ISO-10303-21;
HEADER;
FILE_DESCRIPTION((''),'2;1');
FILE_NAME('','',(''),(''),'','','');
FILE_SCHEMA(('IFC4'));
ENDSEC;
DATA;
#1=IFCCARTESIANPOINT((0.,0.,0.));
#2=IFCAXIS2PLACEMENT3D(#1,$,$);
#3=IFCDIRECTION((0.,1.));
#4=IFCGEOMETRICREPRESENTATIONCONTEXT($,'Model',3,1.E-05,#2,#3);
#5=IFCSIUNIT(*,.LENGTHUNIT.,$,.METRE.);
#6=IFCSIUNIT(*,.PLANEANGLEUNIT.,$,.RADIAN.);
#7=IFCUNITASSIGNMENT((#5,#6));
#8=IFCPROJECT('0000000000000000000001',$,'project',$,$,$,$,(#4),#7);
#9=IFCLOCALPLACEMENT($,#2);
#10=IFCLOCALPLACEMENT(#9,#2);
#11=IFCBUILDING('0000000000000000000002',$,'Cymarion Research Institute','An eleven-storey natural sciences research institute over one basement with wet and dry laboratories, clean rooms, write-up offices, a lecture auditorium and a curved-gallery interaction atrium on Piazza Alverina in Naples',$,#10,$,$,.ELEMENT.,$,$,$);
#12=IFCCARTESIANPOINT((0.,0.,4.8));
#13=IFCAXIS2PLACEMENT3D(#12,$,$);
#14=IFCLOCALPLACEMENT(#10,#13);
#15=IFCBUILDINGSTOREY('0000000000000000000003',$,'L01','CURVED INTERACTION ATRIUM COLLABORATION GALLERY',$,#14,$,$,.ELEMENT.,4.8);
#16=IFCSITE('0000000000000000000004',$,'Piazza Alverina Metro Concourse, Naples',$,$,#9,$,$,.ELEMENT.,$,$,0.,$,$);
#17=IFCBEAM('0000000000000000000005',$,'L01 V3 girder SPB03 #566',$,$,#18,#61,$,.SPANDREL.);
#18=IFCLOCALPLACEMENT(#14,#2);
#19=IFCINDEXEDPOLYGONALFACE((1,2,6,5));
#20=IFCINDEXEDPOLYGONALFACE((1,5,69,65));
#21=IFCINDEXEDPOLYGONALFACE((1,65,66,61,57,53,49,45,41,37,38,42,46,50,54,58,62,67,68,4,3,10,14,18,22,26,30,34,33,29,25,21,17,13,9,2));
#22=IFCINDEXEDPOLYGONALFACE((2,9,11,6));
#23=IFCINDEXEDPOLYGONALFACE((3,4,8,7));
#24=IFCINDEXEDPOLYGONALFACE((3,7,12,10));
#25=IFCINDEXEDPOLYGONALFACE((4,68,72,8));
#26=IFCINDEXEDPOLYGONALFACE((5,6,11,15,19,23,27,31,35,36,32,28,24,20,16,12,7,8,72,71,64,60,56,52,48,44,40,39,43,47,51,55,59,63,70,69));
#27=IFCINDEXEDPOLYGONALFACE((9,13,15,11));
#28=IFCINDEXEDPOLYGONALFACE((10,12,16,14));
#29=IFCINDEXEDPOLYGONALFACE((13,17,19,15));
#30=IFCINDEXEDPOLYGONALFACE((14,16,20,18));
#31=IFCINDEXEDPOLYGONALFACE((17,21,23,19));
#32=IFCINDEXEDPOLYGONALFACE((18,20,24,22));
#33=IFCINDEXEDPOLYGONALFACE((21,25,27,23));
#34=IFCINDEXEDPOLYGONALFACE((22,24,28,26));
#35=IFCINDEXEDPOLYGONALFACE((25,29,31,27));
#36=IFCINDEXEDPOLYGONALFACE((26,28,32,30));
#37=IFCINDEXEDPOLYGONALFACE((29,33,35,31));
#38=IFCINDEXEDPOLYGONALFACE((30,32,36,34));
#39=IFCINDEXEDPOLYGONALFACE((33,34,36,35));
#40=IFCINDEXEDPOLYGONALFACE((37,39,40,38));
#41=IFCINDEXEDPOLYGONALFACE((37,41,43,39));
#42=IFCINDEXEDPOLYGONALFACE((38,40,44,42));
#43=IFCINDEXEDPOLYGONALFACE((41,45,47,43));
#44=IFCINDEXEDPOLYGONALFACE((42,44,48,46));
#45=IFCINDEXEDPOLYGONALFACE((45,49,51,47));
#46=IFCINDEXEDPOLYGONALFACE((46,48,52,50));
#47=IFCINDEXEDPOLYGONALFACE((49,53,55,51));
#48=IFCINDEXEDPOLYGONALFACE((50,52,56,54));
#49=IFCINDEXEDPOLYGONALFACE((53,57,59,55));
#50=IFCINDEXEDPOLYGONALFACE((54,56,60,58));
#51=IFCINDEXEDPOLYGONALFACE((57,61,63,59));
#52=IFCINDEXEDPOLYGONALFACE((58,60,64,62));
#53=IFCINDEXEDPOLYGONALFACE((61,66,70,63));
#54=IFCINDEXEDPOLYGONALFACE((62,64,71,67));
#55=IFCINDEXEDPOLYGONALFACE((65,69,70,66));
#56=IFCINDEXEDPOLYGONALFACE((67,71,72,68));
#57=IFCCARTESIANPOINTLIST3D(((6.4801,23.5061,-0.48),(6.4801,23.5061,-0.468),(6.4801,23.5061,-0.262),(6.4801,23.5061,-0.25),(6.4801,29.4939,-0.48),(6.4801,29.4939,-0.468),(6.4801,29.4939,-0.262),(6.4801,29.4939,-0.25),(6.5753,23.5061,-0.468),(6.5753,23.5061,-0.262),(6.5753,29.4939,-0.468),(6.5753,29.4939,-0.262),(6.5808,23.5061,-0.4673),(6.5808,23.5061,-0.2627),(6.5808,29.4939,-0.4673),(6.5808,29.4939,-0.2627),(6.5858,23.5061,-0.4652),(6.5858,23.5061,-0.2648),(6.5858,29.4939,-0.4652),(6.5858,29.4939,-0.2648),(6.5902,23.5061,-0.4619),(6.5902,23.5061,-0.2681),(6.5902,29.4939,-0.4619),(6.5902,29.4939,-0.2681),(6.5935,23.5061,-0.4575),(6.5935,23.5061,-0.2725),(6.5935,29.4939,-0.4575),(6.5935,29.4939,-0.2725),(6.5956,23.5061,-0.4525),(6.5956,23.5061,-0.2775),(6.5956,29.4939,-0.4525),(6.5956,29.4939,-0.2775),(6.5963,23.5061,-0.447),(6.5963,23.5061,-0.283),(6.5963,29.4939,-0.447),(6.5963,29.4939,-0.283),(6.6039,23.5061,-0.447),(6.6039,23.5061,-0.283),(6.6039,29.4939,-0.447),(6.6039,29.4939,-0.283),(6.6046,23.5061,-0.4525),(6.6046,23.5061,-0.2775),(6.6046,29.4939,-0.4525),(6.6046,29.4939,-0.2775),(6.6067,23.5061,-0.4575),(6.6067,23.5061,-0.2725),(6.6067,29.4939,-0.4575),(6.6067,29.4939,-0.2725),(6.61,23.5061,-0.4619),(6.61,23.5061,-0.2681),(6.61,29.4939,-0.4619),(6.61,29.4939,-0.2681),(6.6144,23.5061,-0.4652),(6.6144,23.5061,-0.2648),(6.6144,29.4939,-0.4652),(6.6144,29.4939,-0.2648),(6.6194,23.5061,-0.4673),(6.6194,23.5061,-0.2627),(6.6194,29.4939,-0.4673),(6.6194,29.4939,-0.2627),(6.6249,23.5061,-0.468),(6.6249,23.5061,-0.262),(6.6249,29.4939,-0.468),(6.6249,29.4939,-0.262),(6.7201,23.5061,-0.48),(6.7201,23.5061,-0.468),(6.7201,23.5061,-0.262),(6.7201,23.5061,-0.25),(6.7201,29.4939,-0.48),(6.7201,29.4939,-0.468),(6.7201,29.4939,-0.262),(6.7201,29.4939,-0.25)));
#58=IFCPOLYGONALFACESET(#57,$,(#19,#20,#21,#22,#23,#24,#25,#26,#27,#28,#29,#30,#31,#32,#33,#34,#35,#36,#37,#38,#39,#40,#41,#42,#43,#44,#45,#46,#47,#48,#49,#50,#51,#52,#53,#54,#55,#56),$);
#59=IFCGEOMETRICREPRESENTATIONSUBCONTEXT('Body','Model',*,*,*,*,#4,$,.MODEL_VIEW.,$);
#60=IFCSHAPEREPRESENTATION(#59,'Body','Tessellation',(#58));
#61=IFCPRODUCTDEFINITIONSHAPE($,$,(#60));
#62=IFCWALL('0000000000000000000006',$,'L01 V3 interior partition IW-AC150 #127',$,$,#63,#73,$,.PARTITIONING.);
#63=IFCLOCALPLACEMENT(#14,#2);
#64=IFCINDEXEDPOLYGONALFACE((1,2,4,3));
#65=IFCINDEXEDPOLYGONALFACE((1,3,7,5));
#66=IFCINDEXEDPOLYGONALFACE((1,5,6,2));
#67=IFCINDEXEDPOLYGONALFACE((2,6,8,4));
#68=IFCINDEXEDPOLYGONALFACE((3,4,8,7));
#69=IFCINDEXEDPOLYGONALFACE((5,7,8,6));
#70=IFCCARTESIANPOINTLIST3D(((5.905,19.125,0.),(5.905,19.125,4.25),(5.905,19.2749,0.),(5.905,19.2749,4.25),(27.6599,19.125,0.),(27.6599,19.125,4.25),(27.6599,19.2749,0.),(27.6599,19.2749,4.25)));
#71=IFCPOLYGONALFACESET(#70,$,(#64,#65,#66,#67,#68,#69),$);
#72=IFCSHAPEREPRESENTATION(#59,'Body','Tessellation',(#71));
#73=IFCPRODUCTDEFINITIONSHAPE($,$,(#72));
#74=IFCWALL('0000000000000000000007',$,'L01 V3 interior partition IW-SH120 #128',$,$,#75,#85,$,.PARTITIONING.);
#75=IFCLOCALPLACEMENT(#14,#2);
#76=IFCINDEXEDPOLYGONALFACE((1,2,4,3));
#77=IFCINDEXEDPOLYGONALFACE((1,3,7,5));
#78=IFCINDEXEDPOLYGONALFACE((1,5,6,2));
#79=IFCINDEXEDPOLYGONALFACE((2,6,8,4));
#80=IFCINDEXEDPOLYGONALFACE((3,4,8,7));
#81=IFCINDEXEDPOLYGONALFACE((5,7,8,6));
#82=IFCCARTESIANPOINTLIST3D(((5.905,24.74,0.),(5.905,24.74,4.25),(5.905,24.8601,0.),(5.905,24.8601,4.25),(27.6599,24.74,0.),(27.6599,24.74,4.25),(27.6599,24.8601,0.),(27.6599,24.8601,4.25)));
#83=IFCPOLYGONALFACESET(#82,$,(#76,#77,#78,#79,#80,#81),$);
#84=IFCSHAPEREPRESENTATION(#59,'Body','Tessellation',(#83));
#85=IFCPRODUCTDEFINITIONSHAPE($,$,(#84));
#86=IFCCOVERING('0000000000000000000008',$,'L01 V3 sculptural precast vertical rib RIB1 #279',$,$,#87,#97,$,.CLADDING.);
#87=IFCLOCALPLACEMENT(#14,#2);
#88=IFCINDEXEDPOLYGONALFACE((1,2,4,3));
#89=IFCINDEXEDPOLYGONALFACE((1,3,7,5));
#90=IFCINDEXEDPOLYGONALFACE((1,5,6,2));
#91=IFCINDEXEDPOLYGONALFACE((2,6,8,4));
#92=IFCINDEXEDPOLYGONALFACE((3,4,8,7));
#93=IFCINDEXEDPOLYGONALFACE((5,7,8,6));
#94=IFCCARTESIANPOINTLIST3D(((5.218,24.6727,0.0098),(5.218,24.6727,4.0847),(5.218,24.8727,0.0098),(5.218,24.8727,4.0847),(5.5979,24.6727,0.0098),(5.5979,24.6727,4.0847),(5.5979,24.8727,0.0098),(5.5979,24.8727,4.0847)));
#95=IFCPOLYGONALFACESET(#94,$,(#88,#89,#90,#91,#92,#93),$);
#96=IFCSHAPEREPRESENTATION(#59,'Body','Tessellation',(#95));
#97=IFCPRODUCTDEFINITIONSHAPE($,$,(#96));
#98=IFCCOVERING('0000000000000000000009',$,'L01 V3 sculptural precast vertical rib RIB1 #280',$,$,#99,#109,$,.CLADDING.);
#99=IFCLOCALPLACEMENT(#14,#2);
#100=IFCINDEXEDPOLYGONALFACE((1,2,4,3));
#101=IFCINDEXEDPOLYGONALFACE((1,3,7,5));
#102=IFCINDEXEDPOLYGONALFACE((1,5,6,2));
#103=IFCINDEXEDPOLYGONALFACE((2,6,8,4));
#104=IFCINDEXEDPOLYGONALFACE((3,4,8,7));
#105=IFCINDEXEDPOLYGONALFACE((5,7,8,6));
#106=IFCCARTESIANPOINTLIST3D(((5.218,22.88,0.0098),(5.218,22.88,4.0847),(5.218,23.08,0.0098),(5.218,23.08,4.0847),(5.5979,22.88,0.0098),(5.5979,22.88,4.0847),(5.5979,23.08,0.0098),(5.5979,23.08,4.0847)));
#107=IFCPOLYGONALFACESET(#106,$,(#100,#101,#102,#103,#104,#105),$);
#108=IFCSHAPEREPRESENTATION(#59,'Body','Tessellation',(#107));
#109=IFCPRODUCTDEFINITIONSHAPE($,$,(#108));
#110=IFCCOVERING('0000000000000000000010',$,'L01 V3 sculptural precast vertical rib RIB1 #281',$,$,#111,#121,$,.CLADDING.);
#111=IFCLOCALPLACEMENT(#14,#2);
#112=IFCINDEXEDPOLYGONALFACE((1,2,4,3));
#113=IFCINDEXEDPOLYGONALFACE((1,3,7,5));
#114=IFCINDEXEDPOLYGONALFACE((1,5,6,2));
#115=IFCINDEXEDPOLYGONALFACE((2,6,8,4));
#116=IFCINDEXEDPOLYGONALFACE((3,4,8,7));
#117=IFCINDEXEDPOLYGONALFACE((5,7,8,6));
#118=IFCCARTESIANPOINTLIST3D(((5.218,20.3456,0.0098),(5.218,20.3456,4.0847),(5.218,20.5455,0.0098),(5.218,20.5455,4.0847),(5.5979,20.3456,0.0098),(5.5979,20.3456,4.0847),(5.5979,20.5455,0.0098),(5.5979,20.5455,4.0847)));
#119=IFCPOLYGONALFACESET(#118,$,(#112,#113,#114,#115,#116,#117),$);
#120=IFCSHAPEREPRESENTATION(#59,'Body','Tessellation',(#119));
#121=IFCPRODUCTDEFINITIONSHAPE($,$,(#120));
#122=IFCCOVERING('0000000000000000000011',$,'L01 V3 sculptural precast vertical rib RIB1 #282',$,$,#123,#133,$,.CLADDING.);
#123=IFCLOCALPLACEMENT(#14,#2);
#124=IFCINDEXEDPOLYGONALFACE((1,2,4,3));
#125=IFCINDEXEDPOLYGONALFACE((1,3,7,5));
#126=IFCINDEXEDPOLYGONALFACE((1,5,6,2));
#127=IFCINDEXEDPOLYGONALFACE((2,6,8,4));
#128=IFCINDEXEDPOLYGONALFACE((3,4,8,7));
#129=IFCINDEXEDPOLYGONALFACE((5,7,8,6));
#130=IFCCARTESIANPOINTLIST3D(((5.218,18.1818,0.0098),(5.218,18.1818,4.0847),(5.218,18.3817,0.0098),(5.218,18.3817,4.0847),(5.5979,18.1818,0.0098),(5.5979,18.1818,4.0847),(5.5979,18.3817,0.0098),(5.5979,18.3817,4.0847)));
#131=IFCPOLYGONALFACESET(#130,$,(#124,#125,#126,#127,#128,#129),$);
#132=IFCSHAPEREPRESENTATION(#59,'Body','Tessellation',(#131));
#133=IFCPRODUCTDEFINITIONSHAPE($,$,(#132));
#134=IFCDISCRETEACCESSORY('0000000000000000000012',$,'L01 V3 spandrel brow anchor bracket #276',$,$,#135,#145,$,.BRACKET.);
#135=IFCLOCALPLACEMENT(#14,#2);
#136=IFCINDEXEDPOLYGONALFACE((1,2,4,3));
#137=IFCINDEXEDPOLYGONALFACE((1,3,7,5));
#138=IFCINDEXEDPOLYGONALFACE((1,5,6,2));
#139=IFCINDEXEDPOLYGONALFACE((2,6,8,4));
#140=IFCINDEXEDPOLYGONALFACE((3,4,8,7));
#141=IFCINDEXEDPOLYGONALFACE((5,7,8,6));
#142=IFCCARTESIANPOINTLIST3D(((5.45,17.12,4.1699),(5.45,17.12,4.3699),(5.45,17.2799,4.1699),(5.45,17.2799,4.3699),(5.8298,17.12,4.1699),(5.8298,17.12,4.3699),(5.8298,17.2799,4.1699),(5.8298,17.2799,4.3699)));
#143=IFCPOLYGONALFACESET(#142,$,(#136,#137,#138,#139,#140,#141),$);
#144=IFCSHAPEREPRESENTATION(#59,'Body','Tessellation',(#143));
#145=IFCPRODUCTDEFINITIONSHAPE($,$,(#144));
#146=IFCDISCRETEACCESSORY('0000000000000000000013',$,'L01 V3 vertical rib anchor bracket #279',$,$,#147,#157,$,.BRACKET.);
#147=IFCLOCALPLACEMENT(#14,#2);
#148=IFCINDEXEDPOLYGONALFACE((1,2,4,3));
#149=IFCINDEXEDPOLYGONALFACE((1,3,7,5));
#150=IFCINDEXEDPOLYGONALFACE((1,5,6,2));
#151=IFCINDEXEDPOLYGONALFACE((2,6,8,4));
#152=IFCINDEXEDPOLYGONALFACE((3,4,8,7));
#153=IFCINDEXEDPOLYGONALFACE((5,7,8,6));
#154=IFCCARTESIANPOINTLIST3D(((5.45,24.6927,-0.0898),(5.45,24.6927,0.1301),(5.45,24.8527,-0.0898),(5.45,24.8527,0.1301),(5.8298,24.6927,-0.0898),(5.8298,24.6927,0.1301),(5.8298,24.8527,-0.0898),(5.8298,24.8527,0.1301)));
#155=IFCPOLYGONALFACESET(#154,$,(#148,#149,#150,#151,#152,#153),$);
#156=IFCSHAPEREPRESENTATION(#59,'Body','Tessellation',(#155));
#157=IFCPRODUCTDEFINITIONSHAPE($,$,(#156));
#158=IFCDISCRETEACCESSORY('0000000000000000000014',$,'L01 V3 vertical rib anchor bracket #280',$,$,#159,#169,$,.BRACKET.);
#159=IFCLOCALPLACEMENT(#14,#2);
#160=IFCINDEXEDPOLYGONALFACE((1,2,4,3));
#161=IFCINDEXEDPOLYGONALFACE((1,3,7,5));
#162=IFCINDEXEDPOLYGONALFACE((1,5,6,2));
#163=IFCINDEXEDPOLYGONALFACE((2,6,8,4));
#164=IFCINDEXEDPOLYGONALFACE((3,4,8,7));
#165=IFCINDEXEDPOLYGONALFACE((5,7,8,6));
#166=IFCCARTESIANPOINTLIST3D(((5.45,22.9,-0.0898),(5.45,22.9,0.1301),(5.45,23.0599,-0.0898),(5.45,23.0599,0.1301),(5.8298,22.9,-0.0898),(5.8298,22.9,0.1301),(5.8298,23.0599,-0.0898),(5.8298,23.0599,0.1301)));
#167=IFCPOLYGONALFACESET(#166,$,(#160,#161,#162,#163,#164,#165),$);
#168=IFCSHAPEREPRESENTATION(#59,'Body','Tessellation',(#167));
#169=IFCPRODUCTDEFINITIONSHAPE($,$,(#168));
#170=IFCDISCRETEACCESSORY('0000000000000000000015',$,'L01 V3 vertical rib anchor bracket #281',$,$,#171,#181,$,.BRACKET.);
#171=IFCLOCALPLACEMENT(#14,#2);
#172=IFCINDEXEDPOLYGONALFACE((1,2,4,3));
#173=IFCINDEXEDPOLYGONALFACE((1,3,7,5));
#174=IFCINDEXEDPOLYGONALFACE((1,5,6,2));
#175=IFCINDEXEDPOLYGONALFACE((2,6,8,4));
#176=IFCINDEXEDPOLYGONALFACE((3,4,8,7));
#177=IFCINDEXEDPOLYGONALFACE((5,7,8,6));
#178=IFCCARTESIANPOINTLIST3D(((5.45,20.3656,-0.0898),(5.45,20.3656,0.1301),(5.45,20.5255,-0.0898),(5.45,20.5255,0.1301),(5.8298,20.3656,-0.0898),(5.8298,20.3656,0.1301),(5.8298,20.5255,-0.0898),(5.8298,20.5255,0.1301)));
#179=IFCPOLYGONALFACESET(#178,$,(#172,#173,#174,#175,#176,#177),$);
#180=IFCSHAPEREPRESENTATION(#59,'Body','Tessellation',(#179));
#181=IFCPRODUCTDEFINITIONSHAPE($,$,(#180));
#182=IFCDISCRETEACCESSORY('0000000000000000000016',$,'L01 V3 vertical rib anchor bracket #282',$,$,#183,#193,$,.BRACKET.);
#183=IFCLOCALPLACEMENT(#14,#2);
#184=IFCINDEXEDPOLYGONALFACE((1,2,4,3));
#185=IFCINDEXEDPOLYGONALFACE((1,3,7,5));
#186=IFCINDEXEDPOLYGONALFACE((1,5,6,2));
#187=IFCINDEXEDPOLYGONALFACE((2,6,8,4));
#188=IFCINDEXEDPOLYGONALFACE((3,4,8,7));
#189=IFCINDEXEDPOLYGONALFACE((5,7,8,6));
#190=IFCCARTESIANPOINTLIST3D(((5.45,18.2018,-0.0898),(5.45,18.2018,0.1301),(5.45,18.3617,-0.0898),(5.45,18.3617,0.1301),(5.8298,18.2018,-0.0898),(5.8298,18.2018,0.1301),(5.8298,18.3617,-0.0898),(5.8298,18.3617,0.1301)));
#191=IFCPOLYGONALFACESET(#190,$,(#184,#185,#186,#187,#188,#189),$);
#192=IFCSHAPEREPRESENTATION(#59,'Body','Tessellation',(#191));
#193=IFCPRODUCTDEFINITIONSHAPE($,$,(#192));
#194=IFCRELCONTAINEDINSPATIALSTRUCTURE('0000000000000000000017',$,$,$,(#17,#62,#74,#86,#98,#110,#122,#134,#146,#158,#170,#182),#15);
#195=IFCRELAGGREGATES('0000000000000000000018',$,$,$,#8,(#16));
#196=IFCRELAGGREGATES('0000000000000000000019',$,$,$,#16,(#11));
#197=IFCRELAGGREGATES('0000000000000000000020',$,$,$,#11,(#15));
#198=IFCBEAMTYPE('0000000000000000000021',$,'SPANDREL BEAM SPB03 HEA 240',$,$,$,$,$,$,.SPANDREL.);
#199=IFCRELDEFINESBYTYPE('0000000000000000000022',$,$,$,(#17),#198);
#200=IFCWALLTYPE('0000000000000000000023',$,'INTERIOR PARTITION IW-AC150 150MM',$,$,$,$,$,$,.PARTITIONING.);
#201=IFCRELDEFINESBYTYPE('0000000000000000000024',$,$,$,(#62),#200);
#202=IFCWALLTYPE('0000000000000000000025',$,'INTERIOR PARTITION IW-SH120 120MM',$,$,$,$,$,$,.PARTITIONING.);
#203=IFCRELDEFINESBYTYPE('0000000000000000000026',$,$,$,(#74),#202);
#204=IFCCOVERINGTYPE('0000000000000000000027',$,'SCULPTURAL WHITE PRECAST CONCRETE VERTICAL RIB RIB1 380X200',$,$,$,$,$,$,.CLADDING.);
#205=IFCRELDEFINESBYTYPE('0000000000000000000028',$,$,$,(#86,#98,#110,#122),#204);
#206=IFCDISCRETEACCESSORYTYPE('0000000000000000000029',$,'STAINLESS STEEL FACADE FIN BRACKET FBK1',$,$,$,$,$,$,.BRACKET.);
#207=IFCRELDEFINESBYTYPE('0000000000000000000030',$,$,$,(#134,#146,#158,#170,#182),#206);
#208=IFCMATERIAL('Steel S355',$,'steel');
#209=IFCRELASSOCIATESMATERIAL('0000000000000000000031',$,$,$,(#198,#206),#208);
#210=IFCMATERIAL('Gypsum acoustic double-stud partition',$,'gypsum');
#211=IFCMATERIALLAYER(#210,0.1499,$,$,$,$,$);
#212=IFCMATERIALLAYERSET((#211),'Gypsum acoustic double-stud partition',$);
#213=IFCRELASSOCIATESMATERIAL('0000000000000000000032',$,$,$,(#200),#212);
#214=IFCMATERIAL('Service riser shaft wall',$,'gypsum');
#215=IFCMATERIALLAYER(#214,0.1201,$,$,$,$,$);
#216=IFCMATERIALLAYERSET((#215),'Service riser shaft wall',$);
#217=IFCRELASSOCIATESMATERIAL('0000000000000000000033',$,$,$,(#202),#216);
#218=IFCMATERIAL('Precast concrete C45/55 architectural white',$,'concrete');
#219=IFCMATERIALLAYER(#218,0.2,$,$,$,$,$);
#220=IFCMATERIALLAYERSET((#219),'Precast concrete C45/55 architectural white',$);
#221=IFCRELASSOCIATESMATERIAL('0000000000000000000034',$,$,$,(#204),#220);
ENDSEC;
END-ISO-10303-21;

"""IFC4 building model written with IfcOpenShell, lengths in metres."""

from ifc_helpers import new_model, si_unit, direction, frame, frame_2d, origin, origin_2d, place, context, subcontext, project, spatial, rectangle, i_section, extrude, material, layer, layer_set, material_profile, profile_set, type_object, element, save


model = new_model("IFC4")

# Units and contexts
model_context = context("Model", 3, precision=1e-05, world=origin(), true_north=direction((0.0, 1.0)))
body_context = subcontext(model_context, "Body", "Model", "MODEL_VIEW")
ifc_project = project(units=[si_unit("LENGTHUNIT", "METRE"), si_unit("PLANEANGLEUNIT", "RADIAN")], contexts=[model_context])

# Site, building, storey
site_placement = place(None, origin())
site = spatial("IfcSite", under=ifc_project, at=site_placement, Name="Piazza Alverina Metro Concourse, Naples", CompositionType="ELEMENT", RefElevation=0.0)
building_placement = place(site_placement, origin())
building = spatial("IfcBuilding", under=site, at=building_placement, Name="Cymarion Research Institute", Description="An eleven-storey natural sciences research institute over one basement with wet and dry laboratories, clean rooms, write-up offices, a lecture auditorium and a curved-gallery interaction atrium on Piazza Alverina in Naples", CompositionType="ELEMENT")
storey_placement = place(building_placement, frame((0.0, 0.0, 4.8)))
storey = spatial("IfcBuildingStorey", under=building, at=storey_placement, Name="L01", Description="CURVED INTERACTION ATRIUM COLLABORATION GALLERY", CompositionType="ELEMENT", Elevation=4.8)

# Shared definitions
ifc_material_1 = material(Name="Steel S355", Category="steel")

# Beam
ifc_material_profile_1 = material_profile(ifc_material_1, i_section(OverallWidth=0.24, OverallDepth=0.23, WebThickness=0.0076, FlangeThickness=0.012, FilletRadius=0.021, at=origin_2d()), Name="HEA 240")
ifc_profile_set_1 = profile_set([ifc_material_profile_1], Name="Steel S355")
beam_type_1 = type_object("IfcBeamType", Name="SPANDREL BEAM SPB03 HEA 240", PredefinedType="SPANDREL", material=ifc_profile_set_1)
for number, where, z_axis, x_axis, name in (
    (1, (6.6001, 23.5061, -0.365), (0.0, 1.0, 0.0), (-1.0, 0.0, 0.0), "L01 V3 girder SPB03 #566"),
):
    element("IfcBeam", number, at=place(storey_placement, frame(where, z_axis=z_axis, x_axis=x_axis)), inside=storey, type_object=beam_type_1, Name=name, PredefinedType="SPANDREL", context=body_context, shape_type="SweptSolid", body=[
        extrude(i_section(OverallWidth=0.24, OverallDepth=0.23, WebThickness=0.0076, FlangeThickness=0.012, FilletRadius=0.021, at=origin_2d()), origin(), (0.0, 0.0, 1.0), 5.9878),
    ])

# Walls
ifc_material_2 = material(Name="Gypsum acoustic double-stud partition", Category="gypsum")
ifc_layer_1 = layer(ifc_material_2, 0.1499)
ifc_layer_set_1 = layer_set([ifc_layer_1], Name="Gypsum acoustic double-stud partition")
wall_type_1 = type_object("IfcWallType", Name="INTERIOR PARTITION IW-AC150 150MM", PredefinedType="PARTITIONING", material=ifc_layer_set_1)
wall_1_placement = place(storey_placement, frame((5.905, 19.2, 0.0), z_axis=(0.0, 0.0, 1.0), x_axis=(1.0, 0.0, 0.0)))
element("IfcWall", 2, at=wall_1_placement, inside=storey, type_object=wall_type_1, Name="L01 V3 interior partition IW-AC150 #127", PredefinedType="PARTITIONING", context=body_context, shape_type="SweptSolid", body=[
    extrude(rectangle(XDim=21.7549, YDim=0.1499, at=frame_2d((10.8774, 0.0))), origin(), (0.0, 0.0, 1.0), 4.25),
])
ifc_material_3 = material(Name="Service riser shaft wall", Category="gypsum")
ifc_layer_2 = layer(ifc_material_3, 0.1201)
ifc_layer_set_2 = layer_set([ifc_layer_2], Name="Service riser shaft wall")
wall_type_2 = type_object("IfcWallType", Name="INTERIOR PARTITION IW-SH120 120MM", PredefinedType="PARTITIONING", material=ifc_layer_set_2)
wall_2_placement = place(storey_placement, frame((5.905, 24.8, 0.0), z_axis=(0.0, 0.0, 1.0), x_axis=(1.0, 0.0, 0.0)))
element("IfcWall", 3, at=wall_2_placement, inside=storey, type_object=wall_type_2, Name="L01 V3 interior partition IW-SH120 #128", PredefinedType="PARTITIONING", context=body_context, shape_type="SweptSolid", body=[
    extrude(rectangle(XDim=21.7549, YDim=0.1201, at=frame_2d((10.8774, 0.0))), origin(), (0.0, 0.0, 1.0), 4.25),
])

# Coverings
ifc_material_4 = material(Name="Precast concrete C45/55 architectural white", Category="concrete")
ifc_layer_3 = layer(ifc_material_4, 0.2)
ifc_layer_set_3 = layer_set([ifc_layer_3], Name="Precast concrete C45/55 architectural white")
covering_type = type_object("IfcCoveringType", Name="SCULPTURAL WHITE PRECAST CONCRETE VERTICAL RIB RIB1 380X200", PredefinedType="CLADDING", material=ifc_layer_set_3)
for number, where, z_axis, x_axis, name in (
    (4, (5.408, 24.7727, 0.0098), (0.0, 0.0, 1.0), (-1.0, 0.0, 0.0), "L01 V3 sculptural precast vertical rib RIB1 #279"),
    (5, (5.408, 22.98, 0.0098), (0.0, 0.0, 1.0), (-1.0, 0.0, 0.0), "L01 V3 sculptural precast vertical rib RIB1 #280"),
    (6, (5.408, 20.4456, 0.0098), (0.0, 0.0, 1.0), (-1.0, 0.0, 0.0), "L01 V3 sculptural precast vertical rib RIB1 #281"),
    (7, (5.408, 18.2817, 0.0098), (0.0, 0.0, 1.0), (-1.0, 0.0, 0.0), "L01 V3 sculptural precast vertical rib RIB1 #282"),
):
    element("IfcCovering", number, at=place(storey_placement, frame(where, z_axis=z_axis, x_axis=x_axis)), inside=storey, type_object=covering_type, Name=name, PredefinedType="CLADDING", context=body_context, shape_type="SweptSolid", body=[
        extrude(rectangle(XDim=0.3799, YDim=0.2, at=origin_2d()), origin(), (0.0, 0.0, 1.0), 4.075),
    ])

# Discrete accessories
discrete_accessory_type = type_object("IfcDiscreteAccessoryType", Name="STAINLESS STEEL FACADE FIN BRACKET FBK1", PredefinedType="BRACKET", material=ifc_material_1)
discrete_accessory_placement = place(storey_placement, frame((5.6399, 17.2, 4.1699), z_axis=(0.0, 0.0, 1.0), x_axis=(-1.0, 0.0, 0.0)))
element("IfcDiscreteAccessory", 8, at=discrete_accessory_placement, inside=storey, type_object=discrete_accessory_type, Name="L01 V3 spandrel brow anchor bracket #276", PredefinedType="BRACKET", context=body_context, shape_type="SweptSolid", body=[
    extrude(rectangle(XDim=0.3799, YDim=0.1599, at=origin_2d()), origin(), (0.0, 0.0, 1.0), 0.2),
])
for number, where, z_axis, x_axis, name in (
    (9, (5.6399, 24.7727, -0.0898), (0.0, 0.0, 1.0), (-1.0, 0.0, 0.0), "L01 V3 vertical rib anchor bracket #279"),
    (10, (5.6399, 22.98, -0.0898), (0.0, 0.0, 1.0), (-1.0, 0.0, 0.0), "L01 V3 vertical rib anchor bracket #280"),
    (11, (5.6399, 20.4456, -0.0898), (0.0, 0.0, 1.0), (-1.0, 0.0, 0.0), "L01 V3 vertical rib anchor bracket #281"),
    (12, (5.6399, 18.2817, -0.0898), (0.0, 0.0, 1.0), (-1.0, 0.0, 0.0), "L01 V3 vertical rib anchor bracket #282"),
):
    element("IfcDiscreteAccessory", number, at=place(storey_placement, frame(where, z_axis=z_axis, x_axis=x_axis)), inside=storey, type_object=discrete_accessory_type, Name=name, PredefinedType="BRACKET", context=body_context, shape_type="SweptSolid", body=[
        extrude(rectangle(XDim=0.3799, YDim=0.1599, at=origin_2d()), origin(), (0.0, 0.0, 1.0), 0.22),
    ])

save(model, "model.ifc")
